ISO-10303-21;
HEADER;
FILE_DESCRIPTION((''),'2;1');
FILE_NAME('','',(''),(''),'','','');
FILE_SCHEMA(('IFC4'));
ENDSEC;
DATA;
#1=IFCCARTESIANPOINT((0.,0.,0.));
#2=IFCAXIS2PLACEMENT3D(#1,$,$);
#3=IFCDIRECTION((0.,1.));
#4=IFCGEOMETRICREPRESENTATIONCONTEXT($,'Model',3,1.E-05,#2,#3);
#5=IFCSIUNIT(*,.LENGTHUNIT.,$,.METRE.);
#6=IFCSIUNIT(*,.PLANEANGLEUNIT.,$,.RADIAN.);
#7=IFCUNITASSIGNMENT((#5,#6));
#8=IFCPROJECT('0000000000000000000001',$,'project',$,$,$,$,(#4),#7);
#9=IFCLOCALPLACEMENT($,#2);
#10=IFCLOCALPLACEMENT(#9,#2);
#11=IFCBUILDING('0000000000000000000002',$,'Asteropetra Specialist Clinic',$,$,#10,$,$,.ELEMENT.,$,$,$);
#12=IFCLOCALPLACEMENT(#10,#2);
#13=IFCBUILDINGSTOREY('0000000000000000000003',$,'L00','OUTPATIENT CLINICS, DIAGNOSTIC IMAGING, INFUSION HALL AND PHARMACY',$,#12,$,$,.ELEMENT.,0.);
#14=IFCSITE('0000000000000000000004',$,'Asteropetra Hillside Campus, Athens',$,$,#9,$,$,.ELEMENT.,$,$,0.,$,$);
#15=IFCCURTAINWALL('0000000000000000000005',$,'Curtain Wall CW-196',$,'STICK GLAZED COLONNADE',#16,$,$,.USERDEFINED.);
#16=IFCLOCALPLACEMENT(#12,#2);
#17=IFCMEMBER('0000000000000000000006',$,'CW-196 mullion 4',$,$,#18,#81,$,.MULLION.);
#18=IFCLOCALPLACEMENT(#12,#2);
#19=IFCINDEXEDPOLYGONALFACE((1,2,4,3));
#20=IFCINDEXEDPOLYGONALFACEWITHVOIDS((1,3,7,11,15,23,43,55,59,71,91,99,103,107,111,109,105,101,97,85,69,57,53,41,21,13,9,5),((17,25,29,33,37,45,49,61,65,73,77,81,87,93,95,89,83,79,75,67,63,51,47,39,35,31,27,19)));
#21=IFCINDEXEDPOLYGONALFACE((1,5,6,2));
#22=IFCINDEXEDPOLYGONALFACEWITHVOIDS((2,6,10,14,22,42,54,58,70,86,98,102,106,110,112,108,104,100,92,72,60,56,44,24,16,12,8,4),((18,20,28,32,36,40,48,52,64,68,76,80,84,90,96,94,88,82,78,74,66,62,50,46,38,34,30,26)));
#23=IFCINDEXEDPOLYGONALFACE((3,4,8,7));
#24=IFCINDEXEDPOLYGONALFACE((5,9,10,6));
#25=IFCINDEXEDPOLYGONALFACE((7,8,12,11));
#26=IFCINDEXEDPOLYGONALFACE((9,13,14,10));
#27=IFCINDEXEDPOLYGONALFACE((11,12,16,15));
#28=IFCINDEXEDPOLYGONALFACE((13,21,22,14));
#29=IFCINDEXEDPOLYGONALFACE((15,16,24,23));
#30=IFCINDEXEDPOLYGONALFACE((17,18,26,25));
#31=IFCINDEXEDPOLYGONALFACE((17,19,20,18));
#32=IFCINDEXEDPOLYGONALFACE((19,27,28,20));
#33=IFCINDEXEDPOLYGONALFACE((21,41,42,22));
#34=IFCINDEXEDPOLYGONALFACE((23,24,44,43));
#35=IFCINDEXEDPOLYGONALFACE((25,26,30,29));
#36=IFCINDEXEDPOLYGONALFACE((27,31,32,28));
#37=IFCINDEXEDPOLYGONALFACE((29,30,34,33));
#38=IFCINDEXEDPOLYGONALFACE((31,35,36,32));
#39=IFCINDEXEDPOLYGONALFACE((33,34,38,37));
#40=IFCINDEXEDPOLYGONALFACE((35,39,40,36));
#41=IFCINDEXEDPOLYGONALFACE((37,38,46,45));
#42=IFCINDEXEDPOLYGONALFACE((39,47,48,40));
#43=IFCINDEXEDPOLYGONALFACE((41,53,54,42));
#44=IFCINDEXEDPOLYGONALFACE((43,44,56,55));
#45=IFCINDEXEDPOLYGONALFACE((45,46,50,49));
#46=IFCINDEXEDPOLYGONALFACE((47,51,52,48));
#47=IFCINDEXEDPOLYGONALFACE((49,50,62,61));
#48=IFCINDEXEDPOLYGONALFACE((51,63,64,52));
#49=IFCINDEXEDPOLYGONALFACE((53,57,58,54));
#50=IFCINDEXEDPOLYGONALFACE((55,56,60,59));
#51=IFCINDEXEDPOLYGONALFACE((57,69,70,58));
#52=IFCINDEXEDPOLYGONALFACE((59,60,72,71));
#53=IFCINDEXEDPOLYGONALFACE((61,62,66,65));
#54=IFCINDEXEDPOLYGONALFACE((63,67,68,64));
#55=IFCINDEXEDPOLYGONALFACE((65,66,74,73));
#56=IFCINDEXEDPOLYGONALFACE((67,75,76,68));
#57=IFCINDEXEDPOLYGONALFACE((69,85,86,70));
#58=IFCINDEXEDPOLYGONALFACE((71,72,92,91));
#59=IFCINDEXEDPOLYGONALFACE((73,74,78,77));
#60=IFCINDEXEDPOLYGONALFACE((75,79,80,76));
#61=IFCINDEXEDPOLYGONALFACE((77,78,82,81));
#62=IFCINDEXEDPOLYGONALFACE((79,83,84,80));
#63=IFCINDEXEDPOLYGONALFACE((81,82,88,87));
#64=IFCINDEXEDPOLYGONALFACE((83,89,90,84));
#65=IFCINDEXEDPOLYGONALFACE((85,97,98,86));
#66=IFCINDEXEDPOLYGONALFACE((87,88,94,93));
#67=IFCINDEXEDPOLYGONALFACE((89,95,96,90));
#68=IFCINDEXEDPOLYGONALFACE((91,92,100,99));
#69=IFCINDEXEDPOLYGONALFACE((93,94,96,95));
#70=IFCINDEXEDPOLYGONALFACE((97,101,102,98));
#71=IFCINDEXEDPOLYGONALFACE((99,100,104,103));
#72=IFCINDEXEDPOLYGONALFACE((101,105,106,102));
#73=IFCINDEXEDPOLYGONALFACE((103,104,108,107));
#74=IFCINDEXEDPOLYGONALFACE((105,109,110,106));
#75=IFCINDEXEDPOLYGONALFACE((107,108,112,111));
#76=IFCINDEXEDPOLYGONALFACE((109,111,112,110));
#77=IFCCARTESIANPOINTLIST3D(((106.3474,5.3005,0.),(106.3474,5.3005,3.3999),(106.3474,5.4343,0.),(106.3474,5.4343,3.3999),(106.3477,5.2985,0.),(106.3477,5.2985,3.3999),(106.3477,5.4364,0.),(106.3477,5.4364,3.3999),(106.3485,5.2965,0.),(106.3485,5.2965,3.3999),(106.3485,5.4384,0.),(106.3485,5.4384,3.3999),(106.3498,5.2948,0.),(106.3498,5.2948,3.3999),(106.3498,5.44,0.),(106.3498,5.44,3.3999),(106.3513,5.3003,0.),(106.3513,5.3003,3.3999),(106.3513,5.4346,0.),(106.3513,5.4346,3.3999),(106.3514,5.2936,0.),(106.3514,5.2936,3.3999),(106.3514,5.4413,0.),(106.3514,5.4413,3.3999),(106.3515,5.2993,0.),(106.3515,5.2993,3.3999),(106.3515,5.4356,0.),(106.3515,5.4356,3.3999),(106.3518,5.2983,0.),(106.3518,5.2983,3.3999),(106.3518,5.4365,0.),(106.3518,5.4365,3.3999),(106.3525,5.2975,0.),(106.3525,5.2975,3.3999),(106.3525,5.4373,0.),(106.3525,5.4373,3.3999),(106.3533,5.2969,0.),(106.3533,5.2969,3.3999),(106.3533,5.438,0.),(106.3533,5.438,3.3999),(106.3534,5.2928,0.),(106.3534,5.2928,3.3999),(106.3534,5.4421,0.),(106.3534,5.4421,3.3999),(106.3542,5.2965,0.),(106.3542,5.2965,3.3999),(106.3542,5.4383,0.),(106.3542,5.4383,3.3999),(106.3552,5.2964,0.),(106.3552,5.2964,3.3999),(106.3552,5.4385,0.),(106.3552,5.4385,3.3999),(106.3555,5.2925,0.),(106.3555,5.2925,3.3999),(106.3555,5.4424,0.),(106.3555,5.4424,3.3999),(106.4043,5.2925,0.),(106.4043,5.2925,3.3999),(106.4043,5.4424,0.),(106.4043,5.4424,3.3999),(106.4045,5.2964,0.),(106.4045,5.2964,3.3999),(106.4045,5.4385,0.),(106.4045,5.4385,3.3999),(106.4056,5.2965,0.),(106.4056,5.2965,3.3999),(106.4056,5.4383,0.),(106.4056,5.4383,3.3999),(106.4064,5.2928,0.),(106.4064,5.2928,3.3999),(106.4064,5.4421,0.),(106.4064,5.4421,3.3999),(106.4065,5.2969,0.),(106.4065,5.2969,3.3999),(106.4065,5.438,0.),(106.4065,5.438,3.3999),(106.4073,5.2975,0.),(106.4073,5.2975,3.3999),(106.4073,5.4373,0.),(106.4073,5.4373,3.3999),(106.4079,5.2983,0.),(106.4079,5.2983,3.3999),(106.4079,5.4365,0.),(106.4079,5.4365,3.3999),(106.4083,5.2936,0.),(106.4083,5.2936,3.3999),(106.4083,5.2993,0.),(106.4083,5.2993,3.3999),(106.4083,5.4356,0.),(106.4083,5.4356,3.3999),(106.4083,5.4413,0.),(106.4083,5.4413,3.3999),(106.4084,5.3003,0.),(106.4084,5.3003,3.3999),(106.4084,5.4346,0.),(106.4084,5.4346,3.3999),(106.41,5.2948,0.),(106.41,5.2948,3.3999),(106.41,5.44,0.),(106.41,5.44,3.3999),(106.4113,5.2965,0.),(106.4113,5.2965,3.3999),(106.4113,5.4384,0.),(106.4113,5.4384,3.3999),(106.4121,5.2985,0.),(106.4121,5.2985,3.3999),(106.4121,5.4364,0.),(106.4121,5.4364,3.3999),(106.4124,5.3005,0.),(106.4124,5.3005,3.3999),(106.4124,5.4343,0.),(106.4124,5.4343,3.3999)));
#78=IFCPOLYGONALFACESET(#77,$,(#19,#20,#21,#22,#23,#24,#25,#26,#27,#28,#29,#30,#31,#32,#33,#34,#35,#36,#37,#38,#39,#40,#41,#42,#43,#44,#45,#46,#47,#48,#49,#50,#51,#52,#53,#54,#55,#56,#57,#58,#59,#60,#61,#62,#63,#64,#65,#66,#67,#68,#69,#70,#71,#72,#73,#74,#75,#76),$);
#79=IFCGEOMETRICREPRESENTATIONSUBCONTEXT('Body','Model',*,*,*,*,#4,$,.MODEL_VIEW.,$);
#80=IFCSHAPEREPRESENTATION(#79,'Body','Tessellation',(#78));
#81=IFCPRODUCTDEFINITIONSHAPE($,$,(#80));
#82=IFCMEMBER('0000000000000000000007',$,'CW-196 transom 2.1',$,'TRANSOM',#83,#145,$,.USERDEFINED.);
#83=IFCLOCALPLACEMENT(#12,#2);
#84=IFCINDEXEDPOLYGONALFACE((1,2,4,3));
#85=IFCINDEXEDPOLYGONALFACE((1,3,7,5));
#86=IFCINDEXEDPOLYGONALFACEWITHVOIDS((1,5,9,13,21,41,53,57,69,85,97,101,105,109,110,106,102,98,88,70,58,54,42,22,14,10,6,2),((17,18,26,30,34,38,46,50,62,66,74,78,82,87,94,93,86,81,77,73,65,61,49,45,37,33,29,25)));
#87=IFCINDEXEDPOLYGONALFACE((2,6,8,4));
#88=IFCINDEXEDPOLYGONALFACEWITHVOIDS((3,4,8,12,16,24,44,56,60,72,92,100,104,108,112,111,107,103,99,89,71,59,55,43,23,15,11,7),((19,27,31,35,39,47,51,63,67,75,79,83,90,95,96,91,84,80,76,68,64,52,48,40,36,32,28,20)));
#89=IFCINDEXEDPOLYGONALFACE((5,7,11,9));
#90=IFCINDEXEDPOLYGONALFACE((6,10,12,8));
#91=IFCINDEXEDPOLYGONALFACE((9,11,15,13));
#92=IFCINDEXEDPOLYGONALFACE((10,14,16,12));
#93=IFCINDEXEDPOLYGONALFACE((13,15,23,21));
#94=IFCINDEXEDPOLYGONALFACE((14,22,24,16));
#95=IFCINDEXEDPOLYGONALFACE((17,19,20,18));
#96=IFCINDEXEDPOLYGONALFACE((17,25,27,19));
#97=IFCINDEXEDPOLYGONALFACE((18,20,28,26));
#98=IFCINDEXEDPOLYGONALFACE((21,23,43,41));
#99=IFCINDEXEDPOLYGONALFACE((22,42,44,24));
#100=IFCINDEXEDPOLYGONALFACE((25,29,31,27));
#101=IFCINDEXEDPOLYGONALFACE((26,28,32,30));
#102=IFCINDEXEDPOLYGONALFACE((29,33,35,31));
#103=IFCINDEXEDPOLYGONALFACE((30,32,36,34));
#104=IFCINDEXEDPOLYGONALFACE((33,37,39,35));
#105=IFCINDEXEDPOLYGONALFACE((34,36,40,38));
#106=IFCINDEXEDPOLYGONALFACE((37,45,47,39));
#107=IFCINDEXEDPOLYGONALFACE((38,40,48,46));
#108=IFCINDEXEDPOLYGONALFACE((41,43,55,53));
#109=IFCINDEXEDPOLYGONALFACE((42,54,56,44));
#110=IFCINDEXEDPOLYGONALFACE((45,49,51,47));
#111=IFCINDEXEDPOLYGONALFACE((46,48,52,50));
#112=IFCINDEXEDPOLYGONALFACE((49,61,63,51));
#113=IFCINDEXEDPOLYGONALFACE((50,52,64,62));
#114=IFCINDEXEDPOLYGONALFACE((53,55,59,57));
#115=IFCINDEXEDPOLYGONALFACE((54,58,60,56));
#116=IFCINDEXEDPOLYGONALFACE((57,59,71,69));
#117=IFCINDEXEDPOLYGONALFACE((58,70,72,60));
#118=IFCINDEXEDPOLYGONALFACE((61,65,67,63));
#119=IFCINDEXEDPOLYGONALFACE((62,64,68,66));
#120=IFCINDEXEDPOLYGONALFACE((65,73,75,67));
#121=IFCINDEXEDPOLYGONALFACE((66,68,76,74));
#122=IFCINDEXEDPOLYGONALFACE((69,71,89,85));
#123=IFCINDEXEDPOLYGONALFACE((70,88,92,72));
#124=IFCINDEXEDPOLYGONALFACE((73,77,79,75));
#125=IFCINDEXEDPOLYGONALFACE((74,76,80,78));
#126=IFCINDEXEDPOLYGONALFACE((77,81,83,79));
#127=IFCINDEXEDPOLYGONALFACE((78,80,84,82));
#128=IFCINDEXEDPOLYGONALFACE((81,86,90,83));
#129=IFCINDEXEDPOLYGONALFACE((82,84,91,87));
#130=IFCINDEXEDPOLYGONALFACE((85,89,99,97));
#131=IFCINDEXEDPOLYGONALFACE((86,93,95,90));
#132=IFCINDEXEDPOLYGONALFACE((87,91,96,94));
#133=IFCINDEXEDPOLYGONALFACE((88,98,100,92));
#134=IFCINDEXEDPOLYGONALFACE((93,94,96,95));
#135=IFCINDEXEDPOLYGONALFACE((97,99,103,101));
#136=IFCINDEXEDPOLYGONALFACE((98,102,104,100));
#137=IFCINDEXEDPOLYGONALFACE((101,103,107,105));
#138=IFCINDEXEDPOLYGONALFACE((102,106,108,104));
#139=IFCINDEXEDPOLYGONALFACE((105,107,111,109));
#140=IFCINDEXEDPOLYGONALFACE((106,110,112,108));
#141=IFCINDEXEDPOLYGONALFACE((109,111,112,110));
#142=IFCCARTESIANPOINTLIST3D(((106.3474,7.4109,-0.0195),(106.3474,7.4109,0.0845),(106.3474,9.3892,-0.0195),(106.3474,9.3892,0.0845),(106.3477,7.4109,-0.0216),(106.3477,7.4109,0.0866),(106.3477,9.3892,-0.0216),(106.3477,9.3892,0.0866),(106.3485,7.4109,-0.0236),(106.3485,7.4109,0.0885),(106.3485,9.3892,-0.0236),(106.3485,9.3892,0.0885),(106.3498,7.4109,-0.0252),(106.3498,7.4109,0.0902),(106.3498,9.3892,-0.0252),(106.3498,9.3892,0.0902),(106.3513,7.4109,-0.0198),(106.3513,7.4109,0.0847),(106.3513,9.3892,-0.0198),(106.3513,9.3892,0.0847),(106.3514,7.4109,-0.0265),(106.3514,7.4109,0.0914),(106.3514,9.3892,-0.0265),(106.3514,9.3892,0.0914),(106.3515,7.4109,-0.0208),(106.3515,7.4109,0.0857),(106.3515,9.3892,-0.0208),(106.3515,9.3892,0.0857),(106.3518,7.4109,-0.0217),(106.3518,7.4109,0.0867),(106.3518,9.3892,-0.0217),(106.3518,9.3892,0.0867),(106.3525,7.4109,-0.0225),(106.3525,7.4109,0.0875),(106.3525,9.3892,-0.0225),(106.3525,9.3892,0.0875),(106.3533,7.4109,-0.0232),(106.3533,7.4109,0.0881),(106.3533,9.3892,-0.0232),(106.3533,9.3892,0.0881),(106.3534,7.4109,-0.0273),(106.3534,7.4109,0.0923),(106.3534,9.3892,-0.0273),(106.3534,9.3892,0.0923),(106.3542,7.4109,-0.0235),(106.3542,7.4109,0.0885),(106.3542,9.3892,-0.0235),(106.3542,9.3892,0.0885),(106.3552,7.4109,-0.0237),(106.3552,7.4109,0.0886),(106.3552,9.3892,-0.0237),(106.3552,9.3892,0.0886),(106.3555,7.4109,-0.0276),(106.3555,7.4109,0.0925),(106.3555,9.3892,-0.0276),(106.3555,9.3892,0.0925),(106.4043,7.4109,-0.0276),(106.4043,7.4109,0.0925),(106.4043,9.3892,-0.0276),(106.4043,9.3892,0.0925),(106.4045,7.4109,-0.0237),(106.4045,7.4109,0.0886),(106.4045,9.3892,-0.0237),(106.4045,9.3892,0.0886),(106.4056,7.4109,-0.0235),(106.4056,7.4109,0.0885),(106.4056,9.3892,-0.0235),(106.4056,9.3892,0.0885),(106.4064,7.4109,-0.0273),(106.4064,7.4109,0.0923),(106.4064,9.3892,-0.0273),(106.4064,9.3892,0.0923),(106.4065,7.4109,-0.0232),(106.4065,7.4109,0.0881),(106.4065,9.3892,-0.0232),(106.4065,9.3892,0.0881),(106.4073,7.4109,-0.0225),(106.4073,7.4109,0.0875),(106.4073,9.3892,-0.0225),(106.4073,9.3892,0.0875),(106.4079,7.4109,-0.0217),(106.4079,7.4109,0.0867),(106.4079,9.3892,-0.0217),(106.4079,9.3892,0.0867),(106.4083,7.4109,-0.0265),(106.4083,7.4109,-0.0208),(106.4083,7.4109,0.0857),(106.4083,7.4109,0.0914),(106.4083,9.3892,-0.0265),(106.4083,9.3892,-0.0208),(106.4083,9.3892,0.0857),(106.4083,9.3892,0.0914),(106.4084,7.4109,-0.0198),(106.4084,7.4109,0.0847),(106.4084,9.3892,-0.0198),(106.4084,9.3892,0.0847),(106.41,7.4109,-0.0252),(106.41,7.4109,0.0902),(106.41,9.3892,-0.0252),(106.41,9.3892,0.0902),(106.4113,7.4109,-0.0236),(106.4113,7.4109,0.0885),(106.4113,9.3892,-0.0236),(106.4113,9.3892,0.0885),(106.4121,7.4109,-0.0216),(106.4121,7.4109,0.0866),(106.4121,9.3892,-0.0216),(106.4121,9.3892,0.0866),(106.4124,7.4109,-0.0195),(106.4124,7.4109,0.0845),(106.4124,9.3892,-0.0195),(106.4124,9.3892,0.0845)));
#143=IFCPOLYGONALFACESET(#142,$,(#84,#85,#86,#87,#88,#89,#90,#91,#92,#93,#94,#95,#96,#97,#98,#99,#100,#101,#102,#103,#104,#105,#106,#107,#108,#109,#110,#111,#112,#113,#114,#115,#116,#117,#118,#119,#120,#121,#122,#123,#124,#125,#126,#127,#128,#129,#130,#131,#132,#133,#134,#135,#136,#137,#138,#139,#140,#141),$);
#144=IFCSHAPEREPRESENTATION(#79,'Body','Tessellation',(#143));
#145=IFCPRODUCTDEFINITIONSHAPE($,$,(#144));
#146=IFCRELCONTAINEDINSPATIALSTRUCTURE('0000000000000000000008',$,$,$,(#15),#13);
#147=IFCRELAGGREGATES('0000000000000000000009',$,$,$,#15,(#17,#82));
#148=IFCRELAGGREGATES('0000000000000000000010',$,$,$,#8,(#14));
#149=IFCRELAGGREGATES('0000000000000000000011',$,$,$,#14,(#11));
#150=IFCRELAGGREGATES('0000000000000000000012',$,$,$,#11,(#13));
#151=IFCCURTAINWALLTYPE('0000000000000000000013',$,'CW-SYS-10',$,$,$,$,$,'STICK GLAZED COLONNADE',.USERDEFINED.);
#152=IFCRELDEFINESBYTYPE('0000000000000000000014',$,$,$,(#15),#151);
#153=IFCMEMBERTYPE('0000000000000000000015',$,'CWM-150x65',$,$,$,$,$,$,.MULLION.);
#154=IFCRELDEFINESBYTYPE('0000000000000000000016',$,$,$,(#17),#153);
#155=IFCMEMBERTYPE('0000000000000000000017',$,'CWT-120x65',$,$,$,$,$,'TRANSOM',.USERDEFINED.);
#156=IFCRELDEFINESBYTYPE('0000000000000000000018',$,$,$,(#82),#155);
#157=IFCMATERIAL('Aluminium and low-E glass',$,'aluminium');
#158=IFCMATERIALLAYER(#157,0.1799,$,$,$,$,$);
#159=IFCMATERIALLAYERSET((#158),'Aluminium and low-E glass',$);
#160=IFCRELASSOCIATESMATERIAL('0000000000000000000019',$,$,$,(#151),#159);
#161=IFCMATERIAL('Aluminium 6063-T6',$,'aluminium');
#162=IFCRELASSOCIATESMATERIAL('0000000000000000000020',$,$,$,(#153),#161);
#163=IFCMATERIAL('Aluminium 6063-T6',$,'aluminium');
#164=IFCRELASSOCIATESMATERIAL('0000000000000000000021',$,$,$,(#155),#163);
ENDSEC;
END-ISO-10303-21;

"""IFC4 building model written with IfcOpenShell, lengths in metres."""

from ifc_helpers import new_model, si_unit, direction, frame, origin, origin_2d, place, context, subcontext, project, spatial, hollow_rectangle, extrude, material, layer, layer_set, material_profile, profile_set, type_object, element, aggregate, save


model = new_model("IFC4")

# Units and contexts
model_context = context("Model", 3, precision=1e-05, world=origin(), true_north=direction((0.0, 1.0)))
body_context = subcontext(model_context, "Body", "Model", "MODEL_VIEW")
ifc_project = project(units=[si_unit("LENGTHUNIT", "METRE"), si_unit("PLANEANGLEUNIT", "RADIAN")], contexts=[model_context])

# Site, building, storey
site_placement = place(None, origin())
site = spatial("IfcSite", under=ifc_project, at=site_placement, Name="Asteropetra Hillside Campus, Athens", CompositionType="ELEMENT", RefElevation=0.0)
building_placement = place(site_placement, origin())
building = spatial("IfcBuilding", under=site, at=building_placement, Name="Asteropetra Specialist Clinic", CompositionType="ELEMENT")
storey_placement = place(building_placement, origin())
storey = spatial("IfcBuildingStorey", under=building, at=storey_placement, Name="L00", Description="OUTPATIENT CLINICS, DIAGNOSTIC IMAGING, INFUSION HALL AND PHARMACY", CompositionType="ELEMENT", Elevation=0.0)

# Curtain wall, members
ifc_material_1 = material(Name="Aluminium and low-E glass", Category="aluminium")
ifc_layer_1 = layer(ifc_material_1, 0.1799)
ifc_layer_set_1 = layer_set([ifc_layer_1], Name="Aluminium and low-E glass")
curtain_wall_type = type_object("IfcCurtainWallType", Name="CW-SYS-10", ElementType="STICK GLAZED COLONNADE", PredefinedType="USERDEFINED", material=ifc_layer_set_1)
curtain_wall_placement = place(storey_placement, origin())
curtain_wall = element("IfcCurtainWall", 1, at=curtain_wall_placement, inside=storey, type_object=curtain_wall_type, Name="Curtain Wall CW-196", ObjectType="STICK GLAZED COLONNADE", PredefinedType="USERDEFINED")
ifc_material_2 = material(Name="Aluminium 6063-T6", Category="aluminium")
ifc_material_profile_1 = material_profile(ifc_material_2, hollow_rectangle(XDim=0.0649, YDim=0.1499, WallThickness=0.0039, InnerFilletRadius=0.0039, OuterFilletRadius=0.0081, at=origin_2d()), Name="MUL 150x65x4.0")
ifc_profile_set_1 = profile_set([ifc_material_profile_1], Name="Aluminium 6063-T6")
member_type_1 = type_object("IfcMemberType", Name="CWM-150x65", PredefinedType="MULLION", material=ifc_profile_set_1)
member_1_placement = place(storey_placement, frame((106.3799, 5.3674, 0.0), z_axis=(0.0, 0.0, 1.0), x_axis=(1.0, 0.0, 0.0)))
member_1 = element("IfcMember", 2, at=member_1_placement, type_object=member_type_1, Name="CW-196 mullion 4", PredefinedType="MULLION", context=body_context, shape_type="SweptSolid", body=[
    extrude(hollow_rectangle(XDim=0.0649, YDim=0.1499, WallThickness=0.0039, InnerFilletRadius=0.0039, OuterFilletRadius=0.0081, at=origin_2d()), origin(), (0.0, 0.0, 1.0), 3.3999),
])
ifc_material_3 = material(Name="Aluminium 6063-T6", Category="aluminium")
ifc_material_profile_2 = material_profile(ifc_material_3, hollow_rectangle(XDim=0.0649, YDim=0.1201, WallThickness=0.0039, InnerFilletRadius=0.0039, OuterFilletRadius=0.0081, at=origin_2d()), Name="TRN 120x65x4.0")
ifc_profile_set_2 = profile_set([ifc_material_profile_2], Name="Aluminium 6063-T6")
member_type_2 = type_object("IfcMemberType", Name="CWT-120x65", ElementType="TRANSOM", PredefinedType="USERDEFINED", material=ifc_profile_set_2)
member_2_placement = place(storey_placement, frame((106.3799, 9.3892, 0.0325), z_axis=(0.0, -1.0, 0.0), x_axis=(1.0, 0.0, 0.0)))
member_2 = element("IfcMember", 3, at=member_2_placement, type_object=member_type_2, Name="CW-196 transom 2.1", ObjectType="TRANSOM", PredefinedType="USERDEFINED", context=body_context, shape_type="SweptSolid", body=[
    extrude(hollow_rectangle(XDim=0.0649, YDim=0.1201, WallThickness=0.0039, InnerFilletRadius=0.0039, OuterFilletRadius=0.0081, at=origin_2d()), origin(), (0.0, 0.0, 1.0), 1.9783),
])
aggregate(curtain_wall, [member_1, member_2])

save(model, "model.ifc")
